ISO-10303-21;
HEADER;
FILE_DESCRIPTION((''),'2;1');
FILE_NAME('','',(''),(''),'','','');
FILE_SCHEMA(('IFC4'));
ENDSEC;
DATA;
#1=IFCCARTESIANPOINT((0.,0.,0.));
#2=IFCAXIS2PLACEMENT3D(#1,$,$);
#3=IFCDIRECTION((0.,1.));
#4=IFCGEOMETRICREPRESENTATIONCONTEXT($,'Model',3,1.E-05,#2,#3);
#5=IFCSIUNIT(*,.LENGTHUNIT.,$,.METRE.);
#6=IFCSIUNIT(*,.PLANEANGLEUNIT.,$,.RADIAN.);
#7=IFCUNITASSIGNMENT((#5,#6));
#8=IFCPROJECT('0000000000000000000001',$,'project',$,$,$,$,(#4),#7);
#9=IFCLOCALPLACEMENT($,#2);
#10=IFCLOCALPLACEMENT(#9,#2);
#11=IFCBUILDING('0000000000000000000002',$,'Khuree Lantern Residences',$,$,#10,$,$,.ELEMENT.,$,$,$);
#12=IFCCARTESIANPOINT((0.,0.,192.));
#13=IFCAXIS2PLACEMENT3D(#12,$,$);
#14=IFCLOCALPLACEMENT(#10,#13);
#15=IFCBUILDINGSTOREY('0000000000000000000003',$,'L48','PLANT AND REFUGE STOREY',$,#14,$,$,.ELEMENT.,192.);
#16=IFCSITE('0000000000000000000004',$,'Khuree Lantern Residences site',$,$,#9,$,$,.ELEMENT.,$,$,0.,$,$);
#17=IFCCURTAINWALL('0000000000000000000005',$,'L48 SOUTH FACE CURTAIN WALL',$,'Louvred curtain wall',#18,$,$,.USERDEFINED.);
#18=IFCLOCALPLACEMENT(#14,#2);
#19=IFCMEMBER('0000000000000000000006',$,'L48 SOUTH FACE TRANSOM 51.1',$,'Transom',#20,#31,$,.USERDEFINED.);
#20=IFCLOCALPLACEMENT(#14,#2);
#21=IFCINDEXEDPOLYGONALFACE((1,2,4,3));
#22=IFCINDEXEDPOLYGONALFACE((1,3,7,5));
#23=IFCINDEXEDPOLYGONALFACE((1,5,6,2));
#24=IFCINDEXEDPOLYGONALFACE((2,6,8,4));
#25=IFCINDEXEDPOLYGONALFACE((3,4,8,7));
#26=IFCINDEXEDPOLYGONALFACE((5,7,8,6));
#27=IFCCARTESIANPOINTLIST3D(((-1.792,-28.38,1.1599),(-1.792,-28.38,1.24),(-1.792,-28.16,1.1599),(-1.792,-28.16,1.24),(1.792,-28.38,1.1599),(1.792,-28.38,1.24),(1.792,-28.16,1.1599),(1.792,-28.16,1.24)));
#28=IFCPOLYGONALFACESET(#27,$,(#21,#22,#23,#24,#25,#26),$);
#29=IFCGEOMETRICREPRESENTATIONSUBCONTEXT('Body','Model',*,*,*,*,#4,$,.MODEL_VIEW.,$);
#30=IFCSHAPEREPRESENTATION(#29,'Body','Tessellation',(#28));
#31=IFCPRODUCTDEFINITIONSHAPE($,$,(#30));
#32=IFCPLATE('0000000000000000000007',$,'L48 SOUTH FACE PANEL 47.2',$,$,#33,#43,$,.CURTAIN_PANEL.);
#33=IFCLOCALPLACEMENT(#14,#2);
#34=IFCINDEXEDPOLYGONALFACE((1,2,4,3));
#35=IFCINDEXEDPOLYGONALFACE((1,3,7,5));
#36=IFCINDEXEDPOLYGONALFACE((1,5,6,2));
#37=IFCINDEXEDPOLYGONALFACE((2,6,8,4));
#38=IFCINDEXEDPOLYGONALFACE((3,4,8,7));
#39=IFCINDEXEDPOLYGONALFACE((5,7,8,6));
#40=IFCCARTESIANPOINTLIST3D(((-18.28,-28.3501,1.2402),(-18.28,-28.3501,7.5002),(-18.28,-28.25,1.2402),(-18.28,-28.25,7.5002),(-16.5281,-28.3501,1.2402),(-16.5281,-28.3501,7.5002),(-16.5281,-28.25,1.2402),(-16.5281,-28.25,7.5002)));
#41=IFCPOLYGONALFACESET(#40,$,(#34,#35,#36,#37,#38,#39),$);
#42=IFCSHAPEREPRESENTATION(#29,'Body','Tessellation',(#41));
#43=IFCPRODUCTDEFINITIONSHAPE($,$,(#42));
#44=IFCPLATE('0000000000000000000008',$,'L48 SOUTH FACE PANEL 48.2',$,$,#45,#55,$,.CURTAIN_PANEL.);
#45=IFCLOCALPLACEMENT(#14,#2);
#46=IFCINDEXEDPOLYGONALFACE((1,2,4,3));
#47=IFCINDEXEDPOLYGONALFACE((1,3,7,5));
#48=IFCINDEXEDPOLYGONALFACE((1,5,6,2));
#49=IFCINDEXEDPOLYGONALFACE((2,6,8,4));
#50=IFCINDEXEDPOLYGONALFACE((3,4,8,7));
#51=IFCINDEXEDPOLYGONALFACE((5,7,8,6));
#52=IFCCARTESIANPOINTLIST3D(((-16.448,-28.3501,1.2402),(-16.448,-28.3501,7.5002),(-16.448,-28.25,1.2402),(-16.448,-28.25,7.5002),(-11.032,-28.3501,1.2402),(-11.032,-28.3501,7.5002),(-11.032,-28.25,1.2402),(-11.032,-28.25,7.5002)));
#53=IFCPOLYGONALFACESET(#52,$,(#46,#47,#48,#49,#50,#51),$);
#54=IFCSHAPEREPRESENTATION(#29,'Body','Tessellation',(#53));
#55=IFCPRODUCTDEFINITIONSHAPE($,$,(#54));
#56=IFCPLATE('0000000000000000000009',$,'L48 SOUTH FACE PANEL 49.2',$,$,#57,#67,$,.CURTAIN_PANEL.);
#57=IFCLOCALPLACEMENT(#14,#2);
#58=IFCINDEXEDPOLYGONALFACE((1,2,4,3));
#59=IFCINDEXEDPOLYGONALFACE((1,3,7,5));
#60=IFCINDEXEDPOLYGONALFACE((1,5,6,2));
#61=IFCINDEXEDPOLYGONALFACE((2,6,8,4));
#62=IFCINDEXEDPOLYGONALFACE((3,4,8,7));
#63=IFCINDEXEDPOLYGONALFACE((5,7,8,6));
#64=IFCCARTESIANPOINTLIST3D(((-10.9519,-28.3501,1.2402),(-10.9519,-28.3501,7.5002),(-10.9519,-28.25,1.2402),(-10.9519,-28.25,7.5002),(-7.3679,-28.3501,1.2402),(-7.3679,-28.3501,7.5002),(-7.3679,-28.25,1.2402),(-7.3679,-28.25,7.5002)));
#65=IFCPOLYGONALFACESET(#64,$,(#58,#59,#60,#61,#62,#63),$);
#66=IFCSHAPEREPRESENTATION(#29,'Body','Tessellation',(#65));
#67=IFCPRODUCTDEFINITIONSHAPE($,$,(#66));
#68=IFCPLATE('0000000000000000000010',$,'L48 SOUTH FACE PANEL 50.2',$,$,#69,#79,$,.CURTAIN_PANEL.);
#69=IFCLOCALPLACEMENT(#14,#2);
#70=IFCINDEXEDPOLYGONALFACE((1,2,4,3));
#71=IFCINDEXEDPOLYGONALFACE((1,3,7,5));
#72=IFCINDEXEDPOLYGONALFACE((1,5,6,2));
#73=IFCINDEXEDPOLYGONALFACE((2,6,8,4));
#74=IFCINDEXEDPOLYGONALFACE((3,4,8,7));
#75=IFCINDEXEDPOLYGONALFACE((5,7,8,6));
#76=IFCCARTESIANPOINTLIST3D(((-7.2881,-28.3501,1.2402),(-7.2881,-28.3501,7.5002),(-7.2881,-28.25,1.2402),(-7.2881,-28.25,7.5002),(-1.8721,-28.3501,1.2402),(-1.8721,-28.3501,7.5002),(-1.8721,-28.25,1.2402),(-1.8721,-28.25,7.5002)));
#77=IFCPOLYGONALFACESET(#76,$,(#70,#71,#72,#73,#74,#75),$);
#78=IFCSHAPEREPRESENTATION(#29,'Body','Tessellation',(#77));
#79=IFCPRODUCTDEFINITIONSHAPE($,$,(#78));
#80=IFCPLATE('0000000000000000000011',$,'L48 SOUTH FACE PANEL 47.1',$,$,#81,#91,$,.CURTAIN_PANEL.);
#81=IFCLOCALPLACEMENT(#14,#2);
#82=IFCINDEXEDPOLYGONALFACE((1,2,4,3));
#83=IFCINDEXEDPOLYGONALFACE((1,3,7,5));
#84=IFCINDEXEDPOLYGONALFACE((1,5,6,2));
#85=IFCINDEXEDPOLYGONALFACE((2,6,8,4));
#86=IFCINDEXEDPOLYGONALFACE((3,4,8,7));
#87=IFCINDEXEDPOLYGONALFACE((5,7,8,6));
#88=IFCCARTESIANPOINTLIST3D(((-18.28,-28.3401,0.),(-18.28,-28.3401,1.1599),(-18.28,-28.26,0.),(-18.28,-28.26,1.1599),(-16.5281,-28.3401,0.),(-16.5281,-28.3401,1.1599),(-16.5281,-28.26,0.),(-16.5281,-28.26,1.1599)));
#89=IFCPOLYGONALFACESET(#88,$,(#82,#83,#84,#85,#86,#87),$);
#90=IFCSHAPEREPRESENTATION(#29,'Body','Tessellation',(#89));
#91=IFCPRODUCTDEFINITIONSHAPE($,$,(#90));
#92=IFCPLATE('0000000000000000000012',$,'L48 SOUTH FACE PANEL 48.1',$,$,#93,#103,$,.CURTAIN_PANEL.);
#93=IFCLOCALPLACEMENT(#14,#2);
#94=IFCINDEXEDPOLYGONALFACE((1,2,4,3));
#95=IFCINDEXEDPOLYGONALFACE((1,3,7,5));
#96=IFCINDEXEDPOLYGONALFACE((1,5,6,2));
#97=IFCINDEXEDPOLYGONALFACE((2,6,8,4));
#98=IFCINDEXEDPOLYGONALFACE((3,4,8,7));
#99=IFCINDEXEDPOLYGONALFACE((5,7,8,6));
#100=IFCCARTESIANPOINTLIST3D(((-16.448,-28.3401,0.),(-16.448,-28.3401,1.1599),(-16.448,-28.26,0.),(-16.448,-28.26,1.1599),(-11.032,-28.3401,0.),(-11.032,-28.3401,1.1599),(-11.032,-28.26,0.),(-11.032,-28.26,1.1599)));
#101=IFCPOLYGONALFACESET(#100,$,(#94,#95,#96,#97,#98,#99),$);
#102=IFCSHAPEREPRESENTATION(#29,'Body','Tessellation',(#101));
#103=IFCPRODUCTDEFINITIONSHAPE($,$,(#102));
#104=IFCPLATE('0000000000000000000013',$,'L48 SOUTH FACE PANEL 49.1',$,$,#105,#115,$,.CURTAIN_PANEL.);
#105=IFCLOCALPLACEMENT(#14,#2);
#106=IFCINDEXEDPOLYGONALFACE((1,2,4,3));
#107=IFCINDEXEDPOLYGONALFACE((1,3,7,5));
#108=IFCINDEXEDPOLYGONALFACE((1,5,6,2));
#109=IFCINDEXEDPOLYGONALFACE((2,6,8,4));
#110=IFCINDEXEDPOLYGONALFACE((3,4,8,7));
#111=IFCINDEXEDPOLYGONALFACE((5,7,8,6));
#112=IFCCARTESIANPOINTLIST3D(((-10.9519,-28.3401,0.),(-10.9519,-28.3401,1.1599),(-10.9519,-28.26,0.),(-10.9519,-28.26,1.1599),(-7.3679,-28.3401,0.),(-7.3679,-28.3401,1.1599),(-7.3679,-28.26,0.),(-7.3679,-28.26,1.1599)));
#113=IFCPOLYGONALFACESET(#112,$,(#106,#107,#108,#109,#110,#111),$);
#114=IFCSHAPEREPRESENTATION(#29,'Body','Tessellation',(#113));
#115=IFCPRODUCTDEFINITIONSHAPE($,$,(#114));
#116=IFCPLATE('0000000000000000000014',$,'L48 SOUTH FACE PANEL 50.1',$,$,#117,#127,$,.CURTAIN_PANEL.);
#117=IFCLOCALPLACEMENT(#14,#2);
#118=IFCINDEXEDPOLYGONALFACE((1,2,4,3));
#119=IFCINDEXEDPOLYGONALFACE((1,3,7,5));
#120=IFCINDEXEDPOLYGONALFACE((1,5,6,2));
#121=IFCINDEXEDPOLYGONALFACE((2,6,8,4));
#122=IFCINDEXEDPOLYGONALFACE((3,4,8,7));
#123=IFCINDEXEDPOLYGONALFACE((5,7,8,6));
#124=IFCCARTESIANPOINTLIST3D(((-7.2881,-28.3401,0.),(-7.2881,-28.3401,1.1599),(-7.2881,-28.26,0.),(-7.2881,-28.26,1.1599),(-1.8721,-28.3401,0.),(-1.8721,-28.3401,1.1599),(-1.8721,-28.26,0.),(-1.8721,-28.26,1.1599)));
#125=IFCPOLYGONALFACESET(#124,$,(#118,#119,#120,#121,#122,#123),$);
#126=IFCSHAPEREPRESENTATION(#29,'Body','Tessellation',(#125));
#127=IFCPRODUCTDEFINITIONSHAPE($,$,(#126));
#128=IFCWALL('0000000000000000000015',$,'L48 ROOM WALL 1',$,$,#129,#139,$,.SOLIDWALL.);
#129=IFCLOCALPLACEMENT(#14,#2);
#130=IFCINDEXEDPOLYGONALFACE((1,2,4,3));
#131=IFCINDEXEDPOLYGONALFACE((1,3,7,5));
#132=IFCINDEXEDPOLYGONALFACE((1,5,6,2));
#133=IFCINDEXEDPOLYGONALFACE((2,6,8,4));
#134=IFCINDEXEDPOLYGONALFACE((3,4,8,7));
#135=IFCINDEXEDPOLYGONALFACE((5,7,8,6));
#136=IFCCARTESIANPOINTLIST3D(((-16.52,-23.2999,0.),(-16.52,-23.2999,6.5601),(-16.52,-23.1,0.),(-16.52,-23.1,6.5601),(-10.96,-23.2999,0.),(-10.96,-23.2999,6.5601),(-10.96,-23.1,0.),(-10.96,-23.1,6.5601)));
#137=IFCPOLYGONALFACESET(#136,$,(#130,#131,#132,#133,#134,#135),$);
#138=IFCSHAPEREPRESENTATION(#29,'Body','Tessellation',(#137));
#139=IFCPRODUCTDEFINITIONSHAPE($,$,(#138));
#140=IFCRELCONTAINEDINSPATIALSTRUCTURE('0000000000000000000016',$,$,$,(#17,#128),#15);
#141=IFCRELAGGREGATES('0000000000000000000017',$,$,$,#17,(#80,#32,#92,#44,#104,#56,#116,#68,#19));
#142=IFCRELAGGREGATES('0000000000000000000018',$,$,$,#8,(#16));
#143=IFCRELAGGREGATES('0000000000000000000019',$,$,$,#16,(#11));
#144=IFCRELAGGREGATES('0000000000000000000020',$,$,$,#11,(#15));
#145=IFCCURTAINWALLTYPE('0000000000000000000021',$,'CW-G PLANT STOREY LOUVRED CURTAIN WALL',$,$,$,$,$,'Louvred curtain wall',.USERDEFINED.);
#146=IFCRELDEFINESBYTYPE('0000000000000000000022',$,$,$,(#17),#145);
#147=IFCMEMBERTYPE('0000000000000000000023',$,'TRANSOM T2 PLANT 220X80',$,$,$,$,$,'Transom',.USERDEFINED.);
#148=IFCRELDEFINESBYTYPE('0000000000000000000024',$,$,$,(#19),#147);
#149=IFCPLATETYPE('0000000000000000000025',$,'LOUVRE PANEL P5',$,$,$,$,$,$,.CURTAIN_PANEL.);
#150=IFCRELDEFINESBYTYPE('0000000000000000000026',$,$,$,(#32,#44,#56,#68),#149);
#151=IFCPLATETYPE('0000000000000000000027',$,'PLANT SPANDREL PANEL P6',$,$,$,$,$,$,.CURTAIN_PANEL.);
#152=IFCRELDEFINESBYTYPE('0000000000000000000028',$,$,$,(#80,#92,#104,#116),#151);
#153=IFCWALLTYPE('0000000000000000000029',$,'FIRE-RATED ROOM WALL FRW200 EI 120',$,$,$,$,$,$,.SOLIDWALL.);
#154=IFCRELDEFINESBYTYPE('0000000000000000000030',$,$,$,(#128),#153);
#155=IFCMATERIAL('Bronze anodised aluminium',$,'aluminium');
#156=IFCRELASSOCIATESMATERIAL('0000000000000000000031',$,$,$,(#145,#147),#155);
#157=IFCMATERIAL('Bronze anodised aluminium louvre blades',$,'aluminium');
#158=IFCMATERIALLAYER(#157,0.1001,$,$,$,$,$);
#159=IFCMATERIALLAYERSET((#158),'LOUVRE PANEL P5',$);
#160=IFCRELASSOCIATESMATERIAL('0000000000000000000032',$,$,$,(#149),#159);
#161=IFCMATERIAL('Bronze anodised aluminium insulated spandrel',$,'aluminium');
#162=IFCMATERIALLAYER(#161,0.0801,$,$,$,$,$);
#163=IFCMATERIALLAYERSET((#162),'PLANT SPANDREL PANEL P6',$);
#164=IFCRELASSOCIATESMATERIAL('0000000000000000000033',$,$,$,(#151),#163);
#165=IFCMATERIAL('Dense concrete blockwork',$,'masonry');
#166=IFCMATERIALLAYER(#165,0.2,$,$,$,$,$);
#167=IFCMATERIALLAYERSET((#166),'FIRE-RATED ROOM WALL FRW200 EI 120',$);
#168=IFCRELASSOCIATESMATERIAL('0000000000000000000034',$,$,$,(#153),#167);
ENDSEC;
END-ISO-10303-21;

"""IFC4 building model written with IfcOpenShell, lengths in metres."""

from ifc_helpers import new_model, si_unit, direction, frame, frame_2d, origin, origin_2d, place, context, subcontext, project, spatial, rectangle, extrude, material, layer, layer_set, material_profile, profile_set, type_object, element, aggregate, save


model = new_model("IFC4")

# Units and contexts
model_context = context("Model", 3, precision=1e-05, world=origin(), true_north=direction((0.0, 1.0)))
body_context = subcontext(model_context, "Body", "Model", "MODEL_VIEW")
ifc_project = project(units=[si_unit("LENGTHUNIT", "METRE"), si_unit("PLANEANGLEUNIT", "RADIAN")], contexts=[model_context])

# Site, building, storey
site_placement = place(None, origin())
site = spatial("IfcSite", under=ifc_project, at=site_placement, Name="Khuree Lantern Residences site", CompositionType="ELEMENT", RefElevation=0.0)
building_placement = place(site_placement, origin())
building = spatial("IfcBuilding", under=site, at=building_placement, Name="Khuree Lantern Residences", CompositionType="ELEMENT")
storey_placement = place(building_placement, frame((0.0, 0.0, 192.0)))
storey = spatial("IfcBuildingStorey", under=building, at=storey_placement, Name="L48", Description="PLANT AND REFUGE STOREY", CompositionType="ELEMENT", Elevation=192.0)

# Curtain wall
ifc_material_1 = material(Name="Bronze anodised aluminium", Category="aluminium")
curtain_wall_type = type_object("IfcCurtainWallType", Name="CW-G PLANT STOREY LOUVRED CURTAIN WALL", ElementType="Louvred curtain wall", PredefinedType="USERDEFINED", material=ifc_material_1)
curtain_wall_placement = place(storey_placement, origin())
curtain_wall = element("IfcCurtainWall", 1, at=curtain_wall_placement, inside=storey, type_object=curtain_wall_type, Name="L48 SOUTH FACE CURTAIN WALL", ObjectType="Louvred curtain wall", PredefinedType="USERDEFINED")

# Member
ifc_material_profile_1 = material_profile(ifc_material_1, rectangle(XDim=0.22, YDim=0.0801, at=origin_2d()), Name="T2 220X80")
ifc_profile_set_1 = profile_set([ifc_material_profile_1], Name="Bronze anodised aluminium")
member_type_1 = type_object("IfcMemberType", Name="TRANSOM T2 PLANT 220X80", ElementType="Transom", PredefinedType="USERDEFINED", material=ifc_profile_set_1)
member_1_placement = place(storey_placement, frame((-1.792, -28.27, 1.2), z_axis=(1.0, 0.0, 0.0), x_axis=(0.0, 1.0, 0.0)))
member_1 = element("IfcMember", 2, at=member_1_placement, type_object=member_type_1, Name="L48 SOUTH FACE TRANSOM 51.1", ObjectType="Transom", PredefinedType="USERDEFINED", context=body_context, shape_type="SweptSolid", body=[
    extrude(rectangle(XDim=0.22, YDim=0.0801, at=origin_2d()), origin(), (0.0, 0.0, 1.0), 3.584),
])

# Plates
ifc_material_2 = material(Name="Bronze anodised aluminium louvre blades", Category="aluminium")
ifc_layer_1 = layer(ifc_material_2, 0.1001)
ifc_layer_set_1 = layer_set([ifc_layer_1], Name="LOUVRE PANEL P5")
plate_type_1 = type_object("IfcPlateType", Name="LOUVRE PANEL P5", PredefinedType="CURTAIN_PANEL", material=ifc_layer_set_1)
plate_1_placement = place(storey_placement, frame((-17.4041, -28.3, 1.2402), z_axis=(0.0, 0.0, 1.0), x_axis=(1.0, 0.0, 0.0)))
plate_1 = element("IfcPlate", 3, at=plate_1_placement, type_object=plate_type_1, Name="L48 SOUTH FACE PANEL 47.2", PredefinedType="CURTAIN_PANEL", context=body_context, shape_type="SweptSolid", body=[
    extrude(rectangle(XDim=1.752, YDim=0.1001, at=origin_2d()), origin(), (0.0, 0.0, 1.0), 6.26),
])
plate_2_placement = place(storey_placement, frame((-13.74, -28.3, 1.2402), z_axis=(0.0, 0.0, 1.0), x_axis=(1.0, 0.0, 0.0)))
plate_2 = element("IfcPlate", 4, at=plate_2_placement, type_object=plate_type_1, Name="L48 SOUTH FACE PANEL 48.2", PredefinedType="CURTAIN_PANEL", context=body_context, shape_type="SweptSolid", body=[
    extrude(rectangle(XDim=5.416, YDim=0.1001, at=origin_2d()), origin(), (0.0, 0.0, 1.0), 6.26),
])
plate_3_placement = place(storey_placement, frame((-9.1599, -28.3, 1.2402), z_axis=(0.0, 0.0, 1.0), x_axis=(1.0, 0.0, 0.0)))
plate_3 = element("IfcPlate", 5, at=plate_3_placement, type_object=plate_type_1, Name="L48 SOUTH FACE PANEL 49.2", PredefinedType="CURTAIN_PANEL", context=body_context, shape_type="SweptSolid", body=[
    extrude(rectangle(XDim=3.584, YDim=0.1001, at=origin_2d()), origin(), (0.0, 0.0, 1.0), 6.26),
])
plate_4_placement = place(storey_placement, frame((-4.5801, -28.3, 1.2402), z_axis=(0.0, 0.0, 1.0), x_axis=(1.0, 0.0, 0.0)))
plate_4 = element("IfcPlate", 6, at=plate_4_placement, type_object=plate_type_1, Name="L48 SOUTH FACE PANEL 50.2", PredefinedType="CURTAIN_PANEL", context=body_context, shape_type="SweptSolid", body=[
    extrude(rectangle(XDim=5.416, YDim=0.1001, at=origin_2d()), origin(), (0.0, 0.0, 1.0), 6.26),
])
ifc_material_3 = material(Name="Bronze anodised aluminium insulated spandrel", Category="aluminium")
ifc_layer_2 = layer(ifc_material_3, 0.0801)
ifc_layer_set_2 = layer_set([ifc_layer_2], Name="PLANT SPANDREL PANEL P6")
plate_type_2 = type_object("IfcPlateType", Name="PLANT SPANDREL PANEL P6", PredefinedType="CURTAIN_PANEL", material=ifc_layer_set_2)
plate_5_placement = place(storey_placement, frame((-17.4041, -28.3, 0.0), z_axis=(0.0, 0.0, 1.0), x_axis=(1.0, 0.0, 0.0)))
plate_5 = element("IfcPlate", 7, at=plate_5_placement, type_object=plate_type_2, Name="L48 SOUTH FACE PANEL 47.1", PredefinedType="CURTAIN_PANEL", context=body_context, shape_type="SweptSolid", body=[
    extrude(rectangle(XDim=1.752, YDim=0.0801, at=origin_2d()), origin(), (0.0, 0.0, 1.0), 1.1599),
])
plate_6_placement = place(storey_placement, frame((-13.74, -28.3, 0.0), z_axis=(0.0, 0.0, 1.0), x_axis=(1.0, 0.0, 0.0)))
plate_6 = element("IfcPlate", 8, at=plate_6_placement, type_object=plate_type_2, Name="L48 SOUTH FACE PANEL 48.1", PredefinedType="CURTAIN_PANEL", context=body_context, shape_type="SweptSolid", body=[
    extrude(rectangle(XDim=5.416, YDim=0.0801, at=origin_2d()), origin(), (0.0, 0.0, 1.0), 1.1599),
])
plate_7_placement = place(storey_placement, frame((-9.1599, -28.3, 0.0), z_axis=(0.0, 0.0, 1.0), x_axis=(1.0, 0.0, 0.0)))
plate_7 = element("IfcPlate", 9, at=plate_7_placement, type_object=plate_type_2, Name="L48 SOUTH FACE PANEL 49.1", PredefinedType="CURTAIN_PANEL", context=body_context, shape_type="SweptSolid", body=[
    extrude(rectangle(XDim=3.584, YDim=0.0801, at=origin_2d()), origin(), (0.0, 0.0, 1.0), 1.1599),
])
plate_8_placement = place(storey_placement, frame((-4.5801, -28.3, 0.0), z_axis=(0.0, 0.0, 1.0), x_axis=(1.0, 0.0, 0.0)))
plate_8 = element("IfcPlate", 10, at=plate_8_placement, type_object=plate_type_2, Name="L48 SOUTH FACE PANEL 50.1", PredefinedType="CURTAIN_PANEL", context=body_context, shape_type="SweptSolid", body=[
    extrude(rectangle(XDim=5.416, YDim=0.0801, at=origin_2d()), origin(), (0.0, 0.0, 1.0), 1.1599),
])
aggregate(curtain_wall, [plate_5, plate_1, plate_6, plate_2, plate_7, plate_3, plate_8, plate_4, member_1])

# Wall
ifc_material_4 = material(Name="Dense concrete blockwork", Category="masonry")
ifc_layer_3 = layer(ifc_material_4, 0.2)
ifc_layer_set_3 = layer_set([ifc_layer_3], Name="FIRE-RATED ROOM WALL FRW200 EI 120")
wall_type = type_object("IfcWallType", Name="FIRE-RATED ROOM WALL FRW200 EI 120", PredefinedType="SOLIDWALL", material=ifc_layer_set_3)
wall_placement = place(storey_placement, frame((-16.52, -23.2, 0.0), z_axis=(0.0, 0.0, 1.0), x_axis=(1.0, 0.0, 0.0)))
element("IfcWall", 11, at=wall_placement, inside=storey, type_object=wall_type, Name="L48 ROOM WALL 1", PredefinedType="SOLIDWALL", context=body_context, shape_type="SweptSolid", body=[
    extrude(rectangle(XDim=5.5601, YDim=0.2, at=frame_2d((2.78, 0.0))), origin(), (0.0, 0.0, 1.0), 6.5601),
])

save(model, "model.ifc")
